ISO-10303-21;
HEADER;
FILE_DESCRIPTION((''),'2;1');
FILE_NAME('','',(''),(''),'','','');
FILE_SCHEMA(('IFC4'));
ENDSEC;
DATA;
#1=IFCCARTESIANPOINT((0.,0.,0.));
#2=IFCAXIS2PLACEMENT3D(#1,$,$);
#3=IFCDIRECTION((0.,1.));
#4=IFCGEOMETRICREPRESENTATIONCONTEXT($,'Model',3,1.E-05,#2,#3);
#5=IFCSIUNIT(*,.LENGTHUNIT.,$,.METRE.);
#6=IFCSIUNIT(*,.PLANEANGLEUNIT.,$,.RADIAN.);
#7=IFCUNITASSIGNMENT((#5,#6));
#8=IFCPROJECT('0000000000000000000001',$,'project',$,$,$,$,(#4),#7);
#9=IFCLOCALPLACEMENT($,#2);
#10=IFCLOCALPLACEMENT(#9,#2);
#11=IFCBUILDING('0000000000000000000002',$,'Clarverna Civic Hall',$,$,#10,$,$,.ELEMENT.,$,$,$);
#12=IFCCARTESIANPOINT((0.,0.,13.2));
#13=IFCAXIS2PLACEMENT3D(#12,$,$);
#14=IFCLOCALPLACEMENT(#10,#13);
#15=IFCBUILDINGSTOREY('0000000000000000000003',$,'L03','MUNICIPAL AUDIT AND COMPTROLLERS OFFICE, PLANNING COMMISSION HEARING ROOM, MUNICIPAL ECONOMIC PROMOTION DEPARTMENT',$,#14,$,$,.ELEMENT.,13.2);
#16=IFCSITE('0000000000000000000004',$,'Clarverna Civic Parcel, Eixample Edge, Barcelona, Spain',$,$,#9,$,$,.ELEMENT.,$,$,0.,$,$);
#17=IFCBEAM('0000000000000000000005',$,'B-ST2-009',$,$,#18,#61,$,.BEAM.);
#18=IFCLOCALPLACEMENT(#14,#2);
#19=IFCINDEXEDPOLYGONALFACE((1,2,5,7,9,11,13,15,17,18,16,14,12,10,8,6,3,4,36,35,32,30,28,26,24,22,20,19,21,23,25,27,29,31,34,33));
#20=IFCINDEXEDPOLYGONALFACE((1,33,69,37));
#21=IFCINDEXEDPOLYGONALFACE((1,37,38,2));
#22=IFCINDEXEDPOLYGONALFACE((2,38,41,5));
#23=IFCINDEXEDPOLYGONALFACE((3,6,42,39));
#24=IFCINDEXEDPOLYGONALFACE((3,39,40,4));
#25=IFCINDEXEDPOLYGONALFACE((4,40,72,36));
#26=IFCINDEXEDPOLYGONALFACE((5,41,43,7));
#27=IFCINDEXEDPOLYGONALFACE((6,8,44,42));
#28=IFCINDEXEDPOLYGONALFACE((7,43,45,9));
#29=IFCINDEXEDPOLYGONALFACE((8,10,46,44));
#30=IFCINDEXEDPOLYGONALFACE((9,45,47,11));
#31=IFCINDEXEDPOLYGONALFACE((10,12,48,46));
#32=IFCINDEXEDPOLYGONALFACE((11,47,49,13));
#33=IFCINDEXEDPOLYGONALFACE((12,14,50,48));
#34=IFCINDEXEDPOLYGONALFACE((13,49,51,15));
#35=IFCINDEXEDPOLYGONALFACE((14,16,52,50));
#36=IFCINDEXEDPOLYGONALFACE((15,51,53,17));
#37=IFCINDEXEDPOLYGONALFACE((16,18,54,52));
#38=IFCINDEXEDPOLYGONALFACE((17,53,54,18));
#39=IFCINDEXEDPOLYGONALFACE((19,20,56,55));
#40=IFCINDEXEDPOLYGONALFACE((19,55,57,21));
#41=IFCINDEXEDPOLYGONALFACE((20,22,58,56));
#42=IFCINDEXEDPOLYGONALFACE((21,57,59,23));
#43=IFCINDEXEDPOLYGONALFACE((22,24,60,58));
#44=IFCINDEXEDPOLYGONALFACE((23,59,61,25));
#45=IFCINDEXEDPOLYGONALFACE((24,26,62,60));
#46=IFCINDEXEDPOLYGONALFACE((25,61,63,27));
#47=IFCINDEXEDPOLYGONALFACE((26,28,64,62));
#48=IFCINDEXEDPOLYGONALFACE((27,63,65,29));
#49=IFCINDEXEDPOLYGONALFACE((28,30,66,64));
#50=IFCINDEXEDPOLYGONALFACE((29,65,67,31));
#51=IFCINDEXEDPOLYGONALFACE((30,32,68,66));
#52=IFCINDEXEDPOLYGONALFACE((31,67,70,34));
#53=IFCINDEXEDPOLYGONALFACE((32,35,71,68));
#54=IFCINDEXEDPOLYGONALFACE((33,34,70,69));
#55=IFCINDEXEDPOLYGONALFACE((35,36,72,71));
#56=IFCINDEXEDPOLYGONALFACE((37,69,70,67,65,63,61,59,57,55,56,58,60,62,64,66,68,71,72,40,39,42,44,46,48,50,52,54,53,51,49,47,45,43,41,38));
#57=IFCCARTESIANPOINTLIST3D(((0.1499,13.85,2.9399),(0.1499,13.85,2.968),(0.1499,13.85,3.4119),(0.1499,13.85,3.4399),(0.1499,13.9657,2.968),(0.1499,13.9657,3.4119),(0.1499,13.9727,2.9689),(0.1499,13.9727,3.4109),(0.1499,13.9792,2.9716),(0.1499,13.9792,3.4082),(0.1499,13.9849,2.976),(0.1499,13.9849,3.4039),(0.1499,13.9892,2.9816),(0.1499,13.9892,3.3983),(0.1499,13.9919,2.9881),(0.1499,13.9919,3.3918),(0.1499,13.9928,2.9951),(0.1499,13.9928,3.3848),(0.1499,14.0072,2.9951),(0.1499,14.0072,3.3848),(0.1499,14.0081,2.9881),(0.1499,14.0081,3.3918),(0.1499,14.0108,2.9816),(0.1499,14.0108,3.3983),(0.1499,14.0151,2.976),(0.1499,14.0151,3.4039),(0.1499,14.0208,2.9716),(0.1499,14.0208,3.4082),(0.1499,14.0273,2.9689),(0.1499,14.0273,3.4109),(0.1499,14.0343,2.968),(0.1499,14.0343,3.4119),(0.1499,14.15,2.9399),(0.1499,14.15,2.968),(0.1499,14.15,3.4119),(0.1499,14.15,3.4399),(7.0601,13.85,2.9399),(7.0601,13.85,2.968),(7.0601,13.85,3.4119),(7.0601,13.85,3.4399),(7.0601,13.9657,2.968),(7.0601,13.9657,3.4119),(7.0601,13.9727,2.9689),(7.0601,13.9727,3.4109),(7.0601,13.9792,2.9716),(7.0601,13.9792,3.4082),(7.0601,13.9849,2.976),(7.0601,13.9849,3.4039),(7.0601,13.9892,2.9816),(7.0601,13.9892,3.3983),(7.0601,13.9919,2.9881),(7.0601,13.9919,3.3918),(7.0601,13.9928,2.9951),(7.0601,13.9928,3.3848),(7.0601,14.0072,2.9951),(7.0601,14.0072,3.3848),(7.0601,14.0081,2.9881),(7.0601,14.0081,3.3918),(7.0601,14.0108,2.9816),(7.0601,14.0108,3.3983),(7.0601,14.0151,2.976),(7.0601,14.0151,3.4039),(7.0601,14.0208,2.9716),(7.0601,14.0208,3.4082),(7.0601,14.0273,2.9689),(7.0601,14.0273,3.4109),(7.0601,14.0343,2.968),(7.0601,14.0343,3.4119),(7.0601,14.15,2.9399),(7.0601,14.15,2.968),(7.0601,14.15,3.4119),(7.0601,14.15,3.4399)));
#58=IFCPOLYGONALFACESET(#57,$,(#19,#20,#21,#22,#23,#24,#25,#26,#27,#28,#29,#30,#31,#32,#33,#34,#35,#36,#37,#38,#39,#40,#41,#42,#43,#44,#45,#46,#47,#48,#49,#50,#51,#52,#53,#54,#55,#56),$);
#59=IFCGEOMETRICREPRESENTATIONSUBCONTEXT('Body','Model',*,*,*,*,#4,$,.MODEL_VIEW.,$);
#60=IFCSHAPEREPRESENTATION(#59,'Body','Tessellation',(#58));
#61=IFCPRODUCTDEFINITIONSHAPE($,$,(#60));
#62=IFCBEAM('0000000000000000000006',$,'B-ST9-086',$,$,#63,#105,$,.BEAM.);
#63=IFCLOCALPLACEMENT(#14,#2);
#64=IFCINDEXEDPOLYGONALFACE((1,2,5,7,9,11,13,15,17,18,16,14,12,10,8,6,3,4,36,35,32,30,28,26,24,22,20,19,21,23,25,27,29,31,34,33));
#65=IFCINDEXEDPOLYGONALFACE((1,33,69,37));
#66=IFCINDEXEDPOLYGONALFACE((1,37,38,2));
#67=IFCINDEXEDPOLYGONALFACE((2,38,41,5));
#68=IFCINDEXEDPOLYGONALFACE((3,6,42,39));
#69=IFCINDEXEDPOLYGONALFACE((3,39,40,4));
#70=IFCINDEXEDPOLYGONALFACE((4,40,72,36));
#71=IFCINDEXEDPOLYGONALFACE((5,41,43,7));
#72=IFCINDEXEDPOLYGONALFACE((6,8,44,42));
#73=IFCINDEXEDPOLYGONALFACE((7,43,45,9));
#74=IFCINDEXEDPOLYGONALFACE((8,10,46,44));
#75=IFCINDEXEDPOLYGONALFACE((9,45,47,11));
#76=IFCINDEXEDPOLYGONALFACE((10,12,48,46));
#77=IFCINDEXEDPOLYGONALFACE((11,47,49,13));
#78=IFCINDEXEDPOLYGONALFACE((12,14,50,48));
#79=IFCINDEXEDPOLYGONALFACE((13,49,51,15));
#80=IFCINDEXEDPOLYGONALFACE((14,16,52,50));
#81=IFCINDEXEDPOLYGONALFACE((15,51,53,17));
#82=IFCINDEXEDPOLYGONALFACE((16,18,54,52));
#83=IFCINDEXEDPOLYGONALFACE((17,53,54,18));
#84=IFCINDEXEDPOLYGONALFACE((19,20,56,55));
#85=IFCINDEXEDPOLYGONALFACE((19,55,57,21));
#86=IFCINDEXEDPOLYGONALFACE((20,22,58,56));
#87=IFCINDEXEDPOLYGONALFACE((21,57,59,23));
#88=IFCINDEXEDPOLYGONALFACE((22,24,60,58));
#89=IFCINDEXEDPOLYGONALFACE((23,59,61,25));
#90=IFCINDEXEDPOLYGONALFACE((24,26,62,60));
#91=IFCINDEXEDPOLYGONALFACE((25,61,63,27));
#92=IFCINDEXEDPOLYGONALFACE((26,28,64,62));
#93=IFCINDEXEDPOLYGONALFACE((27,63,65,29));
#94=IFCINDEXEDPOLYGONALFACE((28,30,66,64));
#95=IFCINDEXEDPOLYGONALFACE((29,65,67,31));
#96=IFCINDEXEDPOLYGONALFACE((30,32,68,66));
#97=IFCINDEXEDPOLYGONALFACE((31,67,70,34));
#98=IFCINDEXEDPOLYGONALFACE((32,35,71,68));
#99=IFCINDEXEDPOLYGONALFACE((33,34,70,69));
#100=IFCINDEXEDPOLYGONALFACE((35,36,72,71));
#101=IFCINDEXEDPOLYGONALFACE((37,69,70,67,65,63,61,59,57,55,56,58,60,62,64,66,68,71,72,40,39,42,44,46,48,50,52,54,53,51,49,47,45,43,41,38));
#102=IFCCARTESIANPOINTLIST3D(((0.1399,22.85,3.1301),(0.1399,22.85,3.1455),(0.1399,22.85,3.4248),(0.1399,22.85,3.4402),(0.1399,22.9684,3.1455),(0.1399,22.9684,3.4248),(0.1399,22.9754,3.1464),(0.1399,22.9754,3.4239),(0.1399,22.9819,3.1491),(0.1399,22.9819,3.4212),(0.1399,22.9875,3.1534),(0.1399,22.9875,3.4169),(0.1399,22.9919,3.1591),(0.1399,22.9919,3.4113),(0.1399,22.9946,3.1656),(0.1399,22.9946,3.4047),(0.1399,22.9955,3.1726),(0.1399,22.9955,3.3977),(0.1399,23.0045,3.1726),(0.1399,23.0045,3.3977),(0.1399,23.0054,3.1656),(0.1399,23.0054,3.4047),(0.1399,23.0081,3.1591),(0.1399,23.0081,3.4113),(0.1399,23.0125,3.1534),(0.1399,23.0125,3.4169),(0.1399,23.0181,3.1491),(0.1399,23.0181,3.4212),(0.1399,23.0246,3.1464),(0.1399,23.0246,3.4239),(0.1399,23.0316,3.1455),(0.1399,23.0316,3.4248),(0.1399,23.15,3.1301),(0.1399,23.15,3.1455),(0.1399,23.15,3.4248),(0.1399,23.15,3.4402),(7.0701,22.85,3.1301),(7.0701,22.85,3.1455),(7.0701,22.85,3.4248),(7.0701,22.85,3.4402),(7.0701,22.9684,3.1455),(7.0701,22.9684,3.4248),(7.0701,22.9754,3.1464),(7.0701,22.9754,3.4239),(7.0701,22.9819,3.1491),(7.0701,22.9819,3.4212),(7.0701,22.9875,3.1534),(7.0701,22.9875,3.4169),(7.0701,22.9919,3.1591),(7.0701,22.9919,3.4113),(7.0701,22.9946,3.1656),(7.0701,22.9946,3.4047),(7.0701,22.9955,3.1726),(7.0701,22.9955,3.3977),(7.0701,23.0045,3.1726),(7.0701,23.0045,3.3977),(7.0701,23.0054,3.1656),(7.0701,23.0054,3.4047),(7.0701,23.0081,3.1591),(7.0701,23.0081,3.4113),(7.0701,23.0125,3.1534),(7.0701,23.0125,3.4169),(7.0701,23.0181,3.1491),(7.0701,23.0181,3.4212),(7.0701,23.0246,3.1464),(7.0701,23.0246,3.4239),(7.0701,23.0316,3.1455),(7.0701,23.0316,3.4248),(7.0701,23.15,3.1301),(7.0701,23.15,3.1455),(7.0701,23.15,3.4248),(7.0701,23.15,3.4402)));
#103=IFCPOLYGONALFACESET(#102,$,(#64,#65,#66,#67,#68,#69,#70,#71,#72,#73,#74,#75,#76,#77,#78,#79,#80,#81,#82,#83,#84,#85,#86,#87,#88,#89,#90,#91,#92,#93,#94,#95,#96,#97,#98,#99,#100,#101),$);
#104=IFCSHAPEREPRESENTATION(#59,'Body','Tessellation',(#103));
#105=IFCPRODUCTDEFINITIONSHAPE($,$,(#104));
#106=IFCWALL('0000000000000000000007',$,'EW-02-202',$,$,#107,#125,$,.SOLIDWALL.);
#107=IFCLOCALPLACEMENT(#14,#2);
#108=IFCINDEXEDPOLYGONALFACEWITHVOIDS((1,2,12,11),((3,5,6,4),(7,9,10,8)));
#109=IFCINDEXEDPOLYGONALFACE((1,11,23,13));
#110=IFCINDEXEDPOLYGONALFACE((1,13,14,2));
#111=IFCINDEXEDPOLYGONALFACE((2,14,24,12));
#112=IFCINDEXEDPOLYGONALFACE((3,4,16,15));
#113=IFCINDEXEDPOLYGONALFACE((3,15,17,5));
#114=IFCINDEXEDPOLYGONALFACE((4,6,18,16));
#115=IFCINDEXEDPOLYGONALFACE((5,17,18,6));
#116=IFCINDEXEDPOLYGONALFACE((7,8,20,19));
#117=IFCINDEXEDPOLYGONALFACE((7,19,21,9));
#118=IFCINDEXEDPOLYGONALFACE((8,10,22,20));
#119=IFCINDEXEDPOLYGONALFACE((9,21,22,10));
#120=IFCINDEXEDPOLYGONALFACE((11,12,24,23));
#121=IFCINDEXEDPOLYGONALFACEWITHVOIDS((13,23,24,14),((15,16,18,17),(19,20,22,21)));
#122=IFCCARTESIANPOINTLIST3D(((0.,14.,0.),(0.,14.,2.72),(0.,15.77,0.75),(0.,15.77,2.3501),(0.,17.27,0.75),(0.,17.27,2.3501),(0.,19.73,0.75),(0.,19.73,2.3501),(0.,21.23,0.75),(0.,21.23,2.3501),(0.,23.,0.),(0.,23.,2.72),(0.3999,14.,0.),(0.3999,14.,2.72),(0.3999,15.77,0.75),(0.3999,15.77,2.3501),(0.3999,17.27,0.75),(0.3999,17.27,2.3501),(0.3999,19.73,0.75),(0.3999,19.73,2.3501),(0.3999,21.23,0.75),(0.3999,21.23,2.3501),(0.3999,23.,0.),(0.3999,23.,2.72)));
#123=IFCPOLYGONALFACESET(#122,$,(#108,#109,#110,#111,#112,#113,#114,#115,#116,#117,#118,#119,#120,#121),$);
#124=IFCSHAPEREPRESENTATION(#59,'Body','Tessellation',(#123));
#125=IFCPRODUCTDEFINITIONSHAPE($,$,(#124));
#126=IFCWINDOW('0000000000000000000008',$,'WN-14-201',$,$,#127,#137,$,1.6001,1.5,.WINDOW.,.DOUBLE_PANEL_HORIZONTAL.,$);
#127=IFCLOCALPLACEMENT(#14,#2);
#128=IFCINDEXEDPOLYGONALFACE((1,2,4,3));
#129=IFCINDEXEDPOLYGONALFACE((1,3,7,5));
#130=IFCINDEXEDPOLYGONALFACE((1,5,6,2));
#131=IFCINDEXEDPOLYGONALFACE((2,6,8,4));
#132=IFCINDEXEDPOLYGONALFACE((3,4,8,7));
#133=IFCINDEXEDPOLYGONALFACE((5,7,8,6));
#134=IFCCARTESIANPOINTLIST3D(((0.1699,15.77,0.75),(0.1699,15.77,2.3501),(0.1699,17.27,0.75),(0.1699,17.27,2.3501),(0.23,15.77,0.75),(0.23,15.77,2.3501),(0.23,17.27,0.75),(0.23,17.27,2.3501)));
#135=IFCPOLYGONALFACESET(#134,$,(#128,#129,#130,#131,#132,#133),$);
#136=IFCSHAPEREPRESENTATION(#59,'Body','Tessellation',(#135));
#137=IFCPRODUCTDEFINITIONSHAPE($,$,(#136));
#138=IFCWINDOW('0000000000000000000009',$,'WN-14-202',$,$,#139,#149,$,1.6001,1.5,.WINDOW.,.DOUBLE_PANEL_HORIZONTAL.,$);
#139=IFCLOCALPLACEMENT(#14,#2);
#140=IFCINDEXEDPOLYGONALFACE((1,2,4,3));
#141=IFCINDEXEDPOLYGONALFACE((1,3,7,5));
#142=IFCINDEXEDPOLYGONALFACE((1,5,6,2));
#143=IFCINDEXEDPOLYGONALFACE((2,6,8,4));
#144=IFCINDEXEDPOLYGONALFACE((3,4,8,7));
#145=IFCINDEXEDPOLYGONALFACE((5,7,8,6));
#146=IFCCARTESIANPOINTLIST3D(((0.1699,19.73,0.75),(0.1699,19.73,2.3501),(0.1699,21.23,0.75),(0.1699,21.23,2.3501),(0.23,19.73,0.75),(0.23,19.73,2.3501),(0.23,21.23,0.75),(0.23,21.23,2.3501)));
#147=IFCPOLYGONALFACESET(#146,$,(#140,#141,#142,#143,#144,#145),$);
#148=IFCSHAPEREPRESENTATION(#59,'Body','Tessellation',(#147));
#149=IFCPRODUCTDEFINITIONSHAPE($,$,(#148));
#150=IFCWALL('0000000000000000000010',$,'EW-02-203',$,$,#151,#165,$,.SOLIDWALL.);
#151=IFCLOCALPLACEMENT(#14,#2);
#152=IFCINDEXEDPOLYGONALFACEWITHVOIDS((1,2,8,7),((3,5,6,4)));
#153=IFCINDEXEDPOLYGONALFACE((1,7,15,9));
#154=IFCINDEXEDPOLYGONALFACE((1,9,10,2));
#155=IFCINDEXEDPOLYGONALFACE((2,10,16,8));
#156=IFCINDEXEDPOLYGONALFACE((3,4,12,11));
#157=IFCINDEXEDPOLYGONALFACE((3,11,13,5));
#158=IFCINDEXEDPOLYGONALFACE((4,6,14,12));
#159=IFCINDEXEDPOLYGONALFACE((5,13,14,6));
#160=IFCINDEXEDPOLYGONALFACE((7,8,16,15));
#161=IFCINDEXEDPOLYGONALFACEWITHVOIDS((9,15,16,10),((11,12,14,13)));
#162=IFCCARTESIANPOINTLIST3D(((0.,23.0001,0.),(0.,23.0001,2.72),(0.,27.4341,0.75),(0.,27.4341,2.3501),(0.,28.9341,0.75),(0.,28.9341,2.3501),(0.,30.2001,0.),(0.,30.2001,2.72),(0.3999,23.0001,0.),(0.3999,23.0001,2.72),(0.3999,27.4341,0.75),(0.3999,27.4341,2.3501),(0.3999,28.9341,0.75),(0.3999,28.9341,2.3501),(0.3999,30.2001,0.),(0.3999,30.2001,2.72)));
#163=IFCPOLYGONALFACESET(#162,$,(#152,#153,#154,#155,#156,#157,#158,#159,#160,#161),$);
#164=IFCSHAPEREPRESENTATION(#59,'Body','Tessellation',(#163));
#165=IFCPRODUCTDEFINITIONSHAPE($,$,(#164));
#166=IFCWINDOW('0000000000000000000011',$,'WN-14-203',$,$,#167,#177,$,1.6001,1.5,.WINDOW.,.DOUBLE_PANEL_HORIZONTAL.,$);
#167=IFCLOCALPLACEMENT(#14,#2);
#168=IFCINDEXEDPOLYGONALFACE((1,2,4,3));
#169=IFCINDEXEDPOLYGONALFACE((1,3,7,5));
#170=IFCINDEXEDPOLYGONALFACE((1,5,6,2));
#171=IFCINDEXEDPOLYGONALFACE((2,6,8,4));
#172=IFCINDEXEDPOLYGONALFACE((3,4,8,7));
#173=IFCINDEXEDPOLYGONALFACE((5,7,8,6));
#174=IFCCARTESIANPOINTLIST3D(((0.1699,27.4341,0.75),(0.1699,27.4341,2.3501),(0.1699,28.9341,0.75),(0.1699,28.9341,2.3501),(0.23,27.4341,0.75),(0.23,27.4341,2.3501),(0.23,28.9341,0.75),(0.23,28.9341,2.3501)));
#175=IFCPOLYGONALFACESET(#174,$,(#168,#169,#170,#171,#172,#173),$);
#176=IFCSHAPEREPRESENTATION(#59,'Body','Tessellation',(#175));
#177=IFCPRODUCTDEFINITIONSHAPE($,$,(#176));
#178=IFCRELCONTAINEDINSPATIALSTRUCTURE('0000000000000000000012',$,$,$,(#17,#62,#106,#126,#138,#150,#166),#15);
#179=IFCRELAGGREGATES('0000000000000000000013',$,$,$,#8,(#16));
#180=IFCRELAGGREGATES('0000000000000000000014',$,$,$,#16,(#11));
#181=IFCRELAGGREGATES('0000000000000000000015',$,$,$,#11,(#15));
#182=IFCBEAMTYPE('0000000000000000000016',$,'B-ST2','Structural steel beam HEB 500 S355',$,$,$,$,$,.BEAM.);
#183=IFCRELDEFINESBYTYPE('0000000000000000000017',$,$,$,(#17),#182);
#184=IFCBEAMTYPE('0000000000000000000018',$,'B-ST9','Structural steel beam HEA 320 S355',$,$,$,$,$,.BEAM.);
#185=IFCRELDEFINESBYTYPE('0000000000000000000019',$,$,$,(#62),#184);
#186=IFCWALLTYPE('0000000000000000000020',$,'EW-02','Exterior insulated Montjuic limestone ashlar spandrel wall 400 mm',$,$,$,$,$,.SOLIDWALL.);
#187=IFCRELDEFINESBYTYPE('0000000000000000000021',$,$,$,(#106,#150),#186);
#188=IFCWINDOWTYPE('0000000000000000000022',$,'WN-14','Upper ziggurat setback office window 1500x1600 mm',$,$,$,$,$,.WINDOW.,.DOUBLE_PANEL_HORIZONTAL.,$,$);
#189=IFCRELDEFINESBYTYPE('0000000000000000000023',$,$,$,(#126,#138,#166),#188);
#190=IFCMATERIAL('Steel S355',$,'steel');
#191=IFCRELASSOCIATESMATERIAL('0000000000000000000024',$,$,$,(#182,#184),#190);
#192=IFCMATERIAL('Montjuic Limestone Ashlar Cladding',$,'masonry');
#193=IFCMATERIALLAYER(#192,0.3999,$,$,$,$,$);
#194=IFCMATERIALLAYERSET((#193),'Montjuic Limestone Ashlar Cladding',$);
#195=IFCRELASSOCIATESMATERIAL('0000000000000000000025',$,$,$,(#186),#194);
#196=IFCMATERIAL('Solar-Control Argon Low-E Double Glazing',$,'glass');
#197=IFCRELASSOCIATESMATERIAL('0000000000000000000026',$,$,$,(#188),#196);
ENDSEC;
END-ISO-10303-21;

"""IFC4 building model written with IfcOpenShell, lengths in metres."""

from ifc_helpers import new_model, si_unit, direction, frame, frame_2d, origin, origin_2d, place, context, subcontext, project, spatial, rectangle, i_section, extrude, material, layer, layer_set, material_profile, profile_set, type_object, element, fill, save


model = new_model("IFC4")

# Units and contexts
model_context = context("Model", 3, precision=1e-05, world=origin(), true_north=direction((0.0, 1.0)))
body_context = subcontext(model_context, "Body", "Model", "MODEL_VIEW")
ifc_project = project(units=[si_unit("LENGTHUNIT", "METRE"), si_unit("PLANEANGLEUNIT", "RADIAN")], contexts=[model_context])

# Site, building, storey
site_placement = place(None, origin())
site = spatial("IfcSite", under=ifc_project, at=site_placement, Name="Clarverna Civic Parcel, Eixample Edge, Barcelona, Spain", CompositionType="ELEMENT", RefElevation=0.0)
building_placement = place(site_placement, origin())
building = spatial("IfcBuilding", under=site, at=building_placement, Name="Clarverna Civic Hall", CompositionType="ELEMENT")
storey_placement = place(building_placement, frame((0.0, 0.0, 13.2)))
storey = spatial("IfcBuildingStorey", under=building, at=storey_placement, Name="L03", Description="MUNICIPAL AUDIT AND COMPTROLLERS OFFICE, PLANNING COMMISSION HEARING ROOM, MUNICIPAL ECONOMIC PROMOTION DEPARTMENT", CompositionType="ELEMENT", Elevation=13.2)

# Shared definitions
ifc_material_1 = material(Name="Steel S355", Category="steel")

# Beams
ifc_material_profile_1 = material_profile(ifc_material_1, i_section(OverallWidth=0.3, OverallDepth=0.5, WebThickness=0.0144, FlangeThickness=0.0281, FilletRadius=0.0271, at=origin_2d()), Name="HEB 500")
ifc_profile_set_1 = profile_set([ifc_material_profile_1], Name="Steel S355")
beam_type_1 = type_object("IfcBeamType", Name="B-ST2", Description="Structural steel beam HEB 500 S355", PredefinedType="BEAM", material=ifc_profile_set_1)
beam_1_placement = place(storey_placement, frame((0.1499, 14.0, 3.1899), z_axis=(1.0, 0.0, 0.0), x_axis=(0.0, 1.0, 0.0)))
element("IfcBeam", 1, at=beam_1_placement, inside=storey, type_object=beam_type_1, Name="B-ST2-009", PredefinedType="BEAM", context=body_context, shape_type="SweptSolid", body=[
    extrude(i_section(OverallWidth=0.3, OverallDepth=0.5, WebThickness=0.0144, FlangeThickness=0.0281, FilletRadius=0.0271, at=origin_2d()), origin(), (0.0, 0.0, 1.0), 6.9102),
])
ifc_material_profile_2 = material_profile(ifc_material_1, i_section(OverallWidth=0.3, OverallDepth=0.3101, WebThickness=0.009, FlangeThickness=0.0154, FilletRadius=0.0271, at=origin_2d()), Name="HEA 320")
ifc_profile_set_2 = profile_set([ifc_material_profile_2], Name="Steel S355")
beam_type_2 = type_object("IfcBeamType", Name="B-ST9", Description="Structural steel beam HEA 320 S355", PredefinedType="BEAM", material=ifc_profile_set_2)
beam_2_placement = place(storey_placement, frame((0.1399, 23.0, 3.2852), z_axis=(1.0, 0.0, 0.0), x_axis=(0.0, 1.0, 0.0)))
element("IfcBeam", 2, at=beam_2_placement, inside=storey, type_object=beam_type_2, Name="B-ST9-086", PredefinedType="BEAM", context=body_context, shape_type="SweptSolid", body=[
    extrude(i_section(OverallWidth=0.3, OverallDepth=0.3101, WebThickness=0.009, FlangeThickness=0.0154, FilletRadius=0.0271, at=origin_2d()), origin(), (0.0, 0.0, 1.0), 6.9302),
])

# Wall, openings, windows
ifc_material_2 = material(Name="Montjuic Limestone Ashlar Cladding", Category="masonry")
ifc_layer_1 = layer(ifc_material_2, 0.3999)
ifc_layer_set_1 = layer_set([ifc_layer_1], Name="Montjuic Limestone Ashlar Cladding")
wall_type_1 = type_object("IfcWallType", Name="EW-02", Description="Exterior insulated Montjuic limestone ashlar spandrel wall 400 mm", PredefinedType="SOLIDWALL", material=ifc_layer_set_1)
wall_1_placement = place(storey_placement, frame((0.2, 14.0, 0.0), z_axis=(0.0, 0.0, 1.0), x_axis=(0.0, 1.0, 0.0)))
wall_1 = element("IfcWall", 3, at=wall_1_placement, inside=storey, type_object=wall_type_1, Name="EW-02-202", PredefinedType="SOLIDWALL", context=body_context, shape_type="SweptSolid", body=[
    extrude(rectangle(XDim=9.0, YDim=0.3999, at=frame_2d((4.5, 0.0))), origin(), (0.0, 0.0, 1.0), 2.72),
])
opening_1_placement = place(wall_1_placement, frame((1.77, 0.0, 0.75)))
opening_1 = element("IfcOpeningElement", 4, at=opening_1_placement, cuts=wall_1, PredefinedType="OPENING", context=body_context, shape_type="SweptSolid", body=[
    extrude(rectangle(XDim=1.5, YDim=1.6001, at=frame_2d((0.75, 0.8))), frame((0.0, 0.21, 0.0), z_axis=(0.0, -1.0, 0.0), x_axis=(1.0, 0.0, 0.0)), (0.0, 0.0, 1.0), 0.4199),
])
opening_2_placement = place(wall_1_placement, frame((5.73, 0.0, 0.75)))
opening_2 = element("IfcOpeningElement", 5, at=opening_2_placement, cuts=wall_1, PredefinedType="OPENING", context=body_context, shape_type="SweptSolid", body=[
    extrude(rectangle(XDim=1.5, YDim=1.6001, at=frame_2d((0.75, 0.8))), frame((0.0, 0.21, 0.0), z_axis=(0.0, -1.0, 0.0), x_axis=(1.0, 0.0, 0.0)), (0.0, 0.0, 1.0), 0.4199),
])
ifc_material_3 = material(Name="Solar-Control Argon Low-E Double Glazing", Category="glass")
window_type = type_object("IfcWindowType", Name="WN-14", Description="Upper ziggurat setback office window 1500x1600 mm", PartitioningType="DOUBLE_PANEL_HORIZONTAL", PredefinedType="WINDOW", material=ifc_material_3)
window_1_placement = place(opening_1_placement, origin())
window_1 = element("IfcWindow", 6, at=window_1_placement, inside=storey, type_object=window_type, Name="WN-14-201", OverallHeight=1.6001, OverallWidth=1.5, PartitioningType="DOUBLE_PANEL_HORIZONTAL", PredefinedType="WINDOW", context=body_context, shape_type="SweptSolid", body=[
    extrude(rectangle(XDim=1.5, YDim=1.6001, at=frame_2d((0.75, 0.8))), frame((0.0, 0.03, 0.0), z_axis=(0.0, -1.0, 0.0), x_axis=(1.0, 0.0, 0.0)), (0.0, 0.0, 1.0), 0.0601),
])
fill(opening_1, window_1)
window_2_placement = place(opening_2_placement, origin())
window_2 = element("IfcWindow", 7, at=window_2_placement, inside=storey, type_object=window_type, Name="WN-14-202", OverallHeight=1.6001, OverallWidth=1.5, PartitioningType="DOUBLE_PANEL_HORIZONTAL", PredefinedType="WINDOW", context=body_context, shape_type="SweptSolid", body=[
    extrude(rectangle(XDim=1.5, YDim=1.6001, at=frame_2d((0.75, 0.8))), frame((0.0, 0.03, 0.0), z_axis=(0.0, -1.0, 0.0), x_axis=(1.0, 0.0, 0.0)), (0.0, 0.0, 1.0), 0.0601),
])
fill(opening_2, window_2)

# Wall, opening, window
wall_2_placement = place(storey_placement, frame((0.2, 23.0, 0.0), z_axis=(0.0, 0.0, 1.0), x_axis=(0.0, 1.0, 0.0)))
wall_2 = element("IfcWall", 8, at=wall_2_placement, inside=storey, type_object=wall_type_1, Name="EW-02-203", PredefinedType="SOLIDWALL", context=body_context, shape_type="SweptSolid", body=[
    extrude(rectangle(XDim=7.2, YDim=0.3999, at=frame_2d((3.6001, 0.0))), origin(), (0.0, 0.0, 1.0), 2.72),
])
opening_3_placement = place(wall_2_placement, frame((4.4341, 0.0, 0.75)))
opening_3 = element("IfcOpeningElement", 9, at=opening_3_placement, cuts=wall_2, PredefinedType="OPENING", context=body_context, shape_type="SweptSolid", body=[
    extrude(rectangle(XDim=1.5, YDim=1.6001, at=frame_2d((0.75, 0.8))), frame((0.0, 0.21, 0.0), z_axis=(0.0, -1.0, 0.0), x_axis=(1.0, 0.0, 0.0)), (0.0, 0.0, 1.0), 0.4199),
])
window_3_placement = place(opening_3_placement, origin())
window_3 = element("IfcWindow", 10, at=window_3_placement, inside=storey, type_object=window_type, Name="WN-14-203", OverallHeight=1.6001, OverallWidth=1.5, PartitioningType="DOUBLE_PANEL_HORIZONTAL", PredefinedType="WINDOW", context=body_context, shape_type="SweptSolid", body=[
    extrude(rectangle(XDim=1.5, YDim=1.6001, at=frame_2d((0.75, 0.8))), frame((0.0, 0.03, 0.0), z_axis=(0.0, -1.0, 0.0), x_axis=(1.0, 0.0, 0.0)), (0.0, 0.0, 1.0), 0.0601),
])
fill(opening_3, window_3)

save(model, "model.ifc")
